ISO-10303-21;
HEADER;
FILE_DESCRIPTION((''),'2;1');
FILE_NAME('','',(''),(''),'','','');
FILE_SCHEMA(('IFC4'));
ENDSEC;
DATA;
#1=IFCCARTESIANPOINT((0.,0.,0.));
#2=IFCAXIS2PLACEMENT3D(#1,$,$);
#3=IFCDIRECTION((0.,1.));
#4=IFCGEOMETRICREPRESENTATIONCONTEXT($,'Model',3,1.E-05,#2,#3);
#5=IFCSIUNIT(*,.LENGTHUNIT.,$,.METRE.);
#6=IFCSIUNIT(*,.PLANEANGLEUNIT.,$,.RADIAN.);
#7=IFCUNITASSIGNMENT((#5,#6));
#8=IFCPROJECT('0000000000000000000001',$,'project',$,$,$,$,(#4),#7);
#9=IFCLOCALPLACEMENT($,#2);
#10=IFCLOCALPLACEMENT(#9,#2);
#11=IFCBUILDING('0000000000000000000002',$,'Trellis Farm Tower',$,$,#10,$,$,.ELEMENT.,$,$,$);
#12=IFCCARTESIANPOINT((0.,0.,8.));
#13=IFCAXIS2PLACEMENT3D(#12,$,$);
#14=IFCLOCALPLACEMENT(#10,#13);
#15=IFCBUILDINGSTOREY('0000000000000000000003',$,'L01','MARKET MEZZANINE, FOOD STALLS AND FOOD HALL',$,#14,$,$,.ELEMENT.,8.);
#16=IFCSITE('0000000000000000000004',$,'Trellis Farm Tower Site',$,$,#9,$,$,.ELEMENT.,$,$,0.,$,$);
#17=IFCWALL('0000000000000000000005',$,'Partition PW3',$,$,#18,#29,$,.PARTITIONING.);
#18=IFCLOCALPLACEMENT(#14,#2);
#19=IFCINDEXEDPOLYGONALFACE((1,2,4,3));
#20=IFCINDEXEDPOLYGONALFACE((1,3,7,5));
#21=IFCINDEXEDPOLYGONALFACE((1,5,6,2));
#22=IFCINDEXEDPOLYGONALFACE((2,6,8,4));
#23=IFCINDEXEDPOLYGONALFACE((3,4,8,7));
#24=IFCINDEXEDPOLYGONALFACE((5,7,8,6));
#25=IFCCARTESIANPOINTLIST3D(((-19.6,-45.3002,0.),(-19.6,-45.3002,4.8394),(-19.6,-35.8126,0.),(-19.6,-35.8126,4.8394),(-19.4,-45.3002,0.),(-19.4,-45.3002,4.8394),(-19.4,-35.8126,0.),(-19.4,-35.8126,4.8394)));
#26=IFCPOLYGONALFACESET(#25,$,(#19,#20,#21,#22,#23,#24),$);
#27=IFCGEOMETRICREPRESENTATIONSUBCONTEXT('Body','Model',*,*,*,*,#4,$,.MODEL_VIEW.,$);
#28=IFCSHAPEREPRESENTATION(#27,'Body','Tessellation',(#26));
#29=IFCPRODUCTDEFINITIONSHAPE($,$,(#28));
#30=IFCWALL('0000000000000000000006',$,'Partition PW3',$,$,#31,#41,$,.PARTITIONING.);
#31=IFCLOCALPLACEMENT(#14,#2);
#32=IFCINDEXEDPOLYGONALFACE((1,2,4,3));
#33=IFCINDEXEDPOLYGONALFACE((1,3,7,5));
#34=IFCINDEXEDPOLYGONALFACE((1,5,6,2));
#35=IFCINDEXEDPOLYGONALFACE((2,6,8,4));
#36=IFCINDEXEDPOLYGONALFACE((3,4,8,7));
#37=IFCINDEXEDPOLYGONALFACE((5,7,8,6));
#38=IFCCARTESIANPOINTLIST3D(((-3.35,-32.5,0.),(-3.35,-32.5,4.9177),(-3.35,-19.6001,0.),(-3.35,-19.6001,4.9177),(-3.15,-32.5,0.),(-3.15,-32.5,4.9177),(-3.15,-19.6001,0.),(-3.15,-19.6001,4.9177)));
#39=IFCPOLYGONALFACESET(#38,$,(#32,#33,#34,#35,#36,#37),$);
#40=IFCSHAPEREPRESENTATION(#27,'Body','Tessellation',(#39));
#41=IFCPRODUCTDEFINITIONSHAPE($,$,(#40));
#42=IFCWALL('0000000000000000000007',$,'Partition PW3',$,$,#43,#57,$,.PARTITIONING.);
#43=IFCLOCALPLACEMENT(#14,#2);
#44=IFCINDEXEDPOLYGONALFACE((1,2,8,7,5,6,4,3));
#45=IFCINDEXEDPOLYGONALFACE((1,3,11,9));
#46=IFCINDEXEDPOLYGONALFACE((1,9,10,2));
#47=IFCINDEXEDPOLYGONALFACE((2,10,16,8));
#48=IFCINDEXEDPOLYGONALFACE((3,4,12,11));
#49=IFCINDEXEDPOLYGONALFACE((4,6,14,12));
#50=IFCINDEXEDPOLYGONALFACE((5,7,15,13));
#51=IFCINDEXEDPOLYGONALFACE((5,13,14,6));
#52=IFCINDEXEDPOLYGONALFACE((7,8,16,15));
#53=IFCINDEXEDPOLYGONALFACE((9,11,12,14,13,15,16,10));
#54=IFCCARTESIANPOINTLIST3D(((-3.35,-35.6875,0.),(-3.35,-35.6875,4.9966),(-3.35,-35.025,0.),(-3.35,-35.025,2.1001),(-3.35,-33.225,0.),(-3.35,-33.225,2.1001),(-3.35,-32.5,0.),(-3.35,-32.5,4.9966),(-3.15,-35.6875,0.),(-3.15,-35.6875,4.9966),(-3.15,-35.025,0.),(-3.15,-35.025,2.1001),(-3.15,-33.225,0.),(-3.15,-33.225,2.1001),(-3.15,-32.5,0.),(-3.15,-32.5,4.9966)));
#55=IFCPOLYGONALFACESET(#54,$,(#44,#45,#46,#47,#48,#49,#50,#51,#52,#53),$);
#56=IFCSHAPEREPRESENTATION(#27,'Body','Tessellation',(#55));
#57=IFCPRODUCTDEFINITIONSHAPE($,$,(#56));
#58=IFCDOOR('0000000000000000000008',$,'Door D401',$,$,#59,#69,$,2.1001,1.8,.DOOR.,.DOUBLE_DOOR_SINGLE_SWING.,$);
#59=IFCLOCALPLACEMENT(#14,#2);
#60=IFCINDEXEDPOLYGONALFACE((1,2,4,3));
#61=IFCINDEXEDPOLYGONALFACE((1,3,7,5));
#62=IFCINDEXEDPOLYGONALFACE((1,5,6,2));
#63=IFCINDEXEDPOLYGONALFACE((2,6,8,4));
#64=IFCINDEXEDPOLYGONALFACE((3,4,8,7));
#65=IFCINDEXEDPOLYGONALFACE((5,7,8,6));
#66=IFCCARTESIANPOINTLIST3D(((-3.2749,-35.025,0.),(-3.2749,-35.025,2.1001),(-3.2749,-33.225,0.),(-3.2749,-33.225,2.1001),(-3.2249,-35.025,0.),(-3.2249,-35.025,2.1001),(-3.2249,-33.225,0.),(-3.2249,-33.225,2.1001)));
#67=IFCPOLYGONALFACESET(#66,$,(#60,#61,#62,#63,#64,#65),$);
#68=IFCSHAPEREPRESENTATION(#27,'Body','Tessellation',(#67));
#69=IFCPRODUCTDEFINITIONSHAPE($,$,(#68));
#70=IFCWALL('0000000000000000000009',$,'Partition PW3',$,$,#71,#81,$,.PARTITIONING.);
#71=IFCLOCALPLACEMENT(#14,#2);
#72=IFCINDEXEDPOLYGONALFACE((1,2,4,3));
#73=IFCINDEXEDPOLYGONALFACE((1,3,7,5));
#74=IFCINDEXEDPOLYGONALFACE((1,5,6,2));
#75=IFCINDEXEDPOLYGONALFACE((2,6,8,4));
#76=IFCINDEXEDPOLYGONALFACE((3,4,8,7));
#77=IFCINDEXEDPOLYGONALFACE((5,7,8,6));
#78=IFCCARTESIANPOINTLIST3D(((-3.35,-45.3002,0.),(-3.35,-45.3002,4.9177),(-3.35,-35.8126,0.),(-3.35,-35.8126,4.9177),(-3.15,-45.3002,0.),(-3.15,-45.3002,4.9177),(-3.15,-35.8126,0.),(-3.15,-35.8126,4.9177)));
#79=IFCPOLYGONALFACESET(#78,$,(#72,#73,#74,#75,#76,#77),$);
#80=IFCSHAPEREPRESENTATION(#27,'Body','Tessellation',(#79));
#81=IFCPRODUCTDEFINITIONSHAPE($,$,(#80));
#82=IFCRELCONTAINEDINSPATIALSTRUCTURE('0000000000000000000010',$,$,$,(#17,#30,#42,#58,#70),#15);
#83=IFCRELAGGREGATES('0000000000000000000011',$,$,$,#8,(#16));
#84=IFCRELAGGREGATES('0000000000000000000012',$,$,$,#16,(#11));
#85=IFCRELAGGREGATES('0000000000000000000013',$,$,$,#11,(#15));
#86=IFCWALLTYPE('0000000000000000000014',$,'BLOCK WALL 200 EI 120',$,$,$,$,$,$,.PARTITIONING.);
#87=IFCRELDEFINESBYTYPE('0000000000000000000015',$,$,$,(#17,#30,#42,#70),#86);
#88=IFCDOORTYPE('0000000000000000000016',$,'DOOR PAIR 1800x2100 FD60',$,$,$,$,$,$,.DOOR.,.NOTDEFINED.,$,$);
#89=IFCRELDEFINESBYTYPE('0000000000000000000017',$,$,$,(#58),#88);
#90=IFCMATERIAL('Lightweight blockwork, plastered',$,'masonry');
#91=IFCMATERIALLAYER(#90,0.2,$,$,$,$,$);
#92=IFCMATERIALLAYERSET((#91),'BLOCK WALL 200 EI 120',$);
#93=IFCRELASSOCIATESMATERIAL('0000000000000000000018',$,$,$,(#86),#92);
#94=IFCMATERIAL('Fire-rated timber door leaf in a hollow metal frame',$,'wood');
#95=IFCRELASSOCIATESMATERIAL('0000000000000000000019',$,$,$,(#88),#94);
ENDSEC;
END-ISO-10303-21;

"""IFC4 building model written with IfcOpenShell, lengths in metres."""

from ifc_helpers import new_model, si_unit, direction, frame, frame_2d, origin, place, context, subcontext, project, spatial, rectangle, extrude, source, transform, mapped, material, layer, layer_set, type_object, element, fill, save


model = new_model("IFC4")

# Units and contexts
model_context = context("Model", 3, precision=1e-05, world=origin(), true_north=direction((0.0, 1.0)))
body_context = subcontext(model_context, "Body", "Model", "MODEL_VIEW")
ifc_project = project(units=[si_unit("LENGTHUNIT", "METRE"), si_unit("PLANEANGLEUNIT", "RADIAN")], contexts=[model_context])

# Site, building, storey
site_placement = place(None, origin())
site = spatial("IfcSite", under=ifc_project, at=site_placement, Name="Trellis Farm Tower Site", CompositionType="ELEMENT", RefElevation=0.0)
building_placement = place(site_placement, origin())
building = spatial("IfcBuilding", under=site, at=building_placement, Name="Trellis Farm Tower", CompositionType="ELEMENT")
storey_placement = place(building_placement, frame((0.0, 0.0, 8.0)))
storey = spatial("IfcBuildingStorey", under=building, at=storey_placement, Name="L01", Description="MARKET MEZZANINE, FOOD STALLS AND FOOD HALL", CompositionType="ELEMENT", Elevation=8.0)

# Shared definitions
ifc_material_1 = material(Name="Fire-rated timber door leaf in a hollow metal frame", Category="wood")

# Walls
ifc_material_2 = material(Name="Lightweight blockwork, plastered", Category="masonry")
ifc_layer_1 = layer(ifc_material_2, 0.2)
ifc_layer_set_1 = layer_set([ifc_layer_1], Name="BLOCK WALL 200 EI 120")
wall_type_1 = type_object("IfcWallType", Name="BLOCK WALL 200 EI 120", PredefinedType="PARTITIONING", material=ifc_layer_set_1)
shared_shape_1 = source(origin(), body_context, "Body", "SweptSolid", [
    extrude(rectangle(XDim=9.4875, YDim=0.2, at=frame_2d((4.7437, 0.0))), origin(), (0.0, 0.0, 1.0), 4.8394),
])
wall_1_placement = place(storey_placement, frame((-19.5, -45.3, 0.0), z_axis=(0.0, 0.0, 1.0), x_axis=(0.0, 1.0, 0.0)))
element("IfcWall", 1, at=wall_1_placement, inside=storey, type_object=wall_type_1, Name="Partition PW3", PredefinedType="PARTITIONING", context=body_context, shape_type="MappedRepresentation", body=[
    mapped(shared_shape_1, transform((0.0, 0.0, 0.0))),
])
shared_shape_2 = source(origin(), body_context, "Body", "SweptSolid", [
    extrude(rectangle(XDim=12.8999, YDim=0.2, at=frame_2d((6.45, 0.0))), origin(), (0.0, 0.0, 1.0), 4.9177),
])
wall_2_placement = place(storey_placement, frame((-3.25, -32.5, 0.0), z_axis=(0.0, 0.0, 1.0), x_axis=(0.0, 1.0, 0.0)))
element("IfcWall", 2, at=wall_2_placement, inside=storey, type_object=wall_type_1, Name="Partition PW3", PredefinedType="PARTITIONING", context=body_context, shape_type="MappedRepresentation", body=[
    mapped(shared_shape_2, transform((0.0, 0.0, 0.0))),
])

# Wall, opening, door
shared_shape_3 = source(origin(), body_context, "Body", "SweptSolid", [
    extrude(rectangle(XDim=3.1875, YDim=0.2, at=frame_2d((1.5938, 0.0))), origin(), (0.0, 0.0, 1.0), 4.9966),
])
wall_3_placement = place(storey_placement, frame((-3.25, -35.6875, 0.0), z_axis=(0.0, 0.0, 1.0), x_axis=(0.0, 1.0, 0.0)))
wall_3 = element("IfcWall", 3, at=wall_3_placement, inside=storey, type_object=wall_type_1, Name="Partition PW3", PredefinedType="PARTITIONING", context=body_context, shape_type="MappedRepresentation", body=[
    mapped(shared_shape_3, transform((0.0, 0.0, 0.0))),
])
shared_shape_4 = source(origin(), body_context, "Body", "SweptSolid", [
    extrude(rectangle(XDim=1.8, YDim=2.1001, at=frame_2d((0.8999, 1.05))), frame((0.0, 0.1101, 0.0), z_axis=(0.0, -1.0, 0.0), x_axis=(1.0, 0.0, 0.0)), (0.0, 0.0, 1.0), 0.2202),
])
opening_1_placement = place(wall_3_placement, frame((0.6626, 0.0, 0.0)))
opening_1 = element("IfcOpeningElement", 4, at=opening_1_placement, cuts=wall_3, PredefinedType="OPENING", context=body_context, shape_type="MappedRepresentation", body=[
    mapped(shared_shape_4, transform((0.0, 0.0, 0.0))),
])
door_type_1 = type_object("IfcDoorType", Name="DOOR PAIR 1800x2100 FD60", OperationType="NOTDEFINED", PredefinedType="DOOR", material=ifc_material_1)
shared_shape_5 = source(origin(), body_context, "Body", "SweptSolid", [
    extrude(rectangle(XDim=1.8, YDim=2.1001, at=frame_2d((0.8999, 1.05))), frame((0.0, 0.0249, 0.0), z_axis=(0.0, -1.0, 0.0), x_axis=(1.0, 0.0, 0.0)), (0.0, 0.0, 1.0), 0.05),
])
door_1_placement = place(opening_1_placement, origin())
door_1 = element("IfcDoor", 5, at=door_1_placement, inside=storey, type_object=door_type_1, Name="Door D401", OperationType="DOUBLE_DOOR_SINGLE_SWING", OverallHeight=2.1001, OverallWidth=1.8, PredefinedType="DOOR", context=body_context, shape_type="MappedRepresentation", body=[
    mapped(shared_shape_5, transform((0.0, 0.0, 0.0))),
])
fill(opening_1, door_1)

# Wall
shared_shape_6 = source(origin(), body_context, "Body", "SweptSolid", [
    extrude(rectangle(XDim=9.4875, YDim=0.2, at=frame_2d((4.7437, 0.0))), origin(), (0.0, 0.0, 1.0), 4.9177),
])
wall_4_placement = place(storey_placement, frame((-3.25, -45.3, 0.0), z_axis=(0.0, 0.0, 1.0), x_axis=(0.0, 1.0, 0.0)))
element("IfcWall", 6, at=wall_4_placement, inside=storey, type_object=wall_type_1, Name="Partition PW3", PredefinedType="PARTITIONING", context=body_context, shape_type="MappedRepresentation", body=[
    mapped(shared_shape_6, transform((0.0, 0.0, 0.0))),
])

save(model, "model.ifc")
